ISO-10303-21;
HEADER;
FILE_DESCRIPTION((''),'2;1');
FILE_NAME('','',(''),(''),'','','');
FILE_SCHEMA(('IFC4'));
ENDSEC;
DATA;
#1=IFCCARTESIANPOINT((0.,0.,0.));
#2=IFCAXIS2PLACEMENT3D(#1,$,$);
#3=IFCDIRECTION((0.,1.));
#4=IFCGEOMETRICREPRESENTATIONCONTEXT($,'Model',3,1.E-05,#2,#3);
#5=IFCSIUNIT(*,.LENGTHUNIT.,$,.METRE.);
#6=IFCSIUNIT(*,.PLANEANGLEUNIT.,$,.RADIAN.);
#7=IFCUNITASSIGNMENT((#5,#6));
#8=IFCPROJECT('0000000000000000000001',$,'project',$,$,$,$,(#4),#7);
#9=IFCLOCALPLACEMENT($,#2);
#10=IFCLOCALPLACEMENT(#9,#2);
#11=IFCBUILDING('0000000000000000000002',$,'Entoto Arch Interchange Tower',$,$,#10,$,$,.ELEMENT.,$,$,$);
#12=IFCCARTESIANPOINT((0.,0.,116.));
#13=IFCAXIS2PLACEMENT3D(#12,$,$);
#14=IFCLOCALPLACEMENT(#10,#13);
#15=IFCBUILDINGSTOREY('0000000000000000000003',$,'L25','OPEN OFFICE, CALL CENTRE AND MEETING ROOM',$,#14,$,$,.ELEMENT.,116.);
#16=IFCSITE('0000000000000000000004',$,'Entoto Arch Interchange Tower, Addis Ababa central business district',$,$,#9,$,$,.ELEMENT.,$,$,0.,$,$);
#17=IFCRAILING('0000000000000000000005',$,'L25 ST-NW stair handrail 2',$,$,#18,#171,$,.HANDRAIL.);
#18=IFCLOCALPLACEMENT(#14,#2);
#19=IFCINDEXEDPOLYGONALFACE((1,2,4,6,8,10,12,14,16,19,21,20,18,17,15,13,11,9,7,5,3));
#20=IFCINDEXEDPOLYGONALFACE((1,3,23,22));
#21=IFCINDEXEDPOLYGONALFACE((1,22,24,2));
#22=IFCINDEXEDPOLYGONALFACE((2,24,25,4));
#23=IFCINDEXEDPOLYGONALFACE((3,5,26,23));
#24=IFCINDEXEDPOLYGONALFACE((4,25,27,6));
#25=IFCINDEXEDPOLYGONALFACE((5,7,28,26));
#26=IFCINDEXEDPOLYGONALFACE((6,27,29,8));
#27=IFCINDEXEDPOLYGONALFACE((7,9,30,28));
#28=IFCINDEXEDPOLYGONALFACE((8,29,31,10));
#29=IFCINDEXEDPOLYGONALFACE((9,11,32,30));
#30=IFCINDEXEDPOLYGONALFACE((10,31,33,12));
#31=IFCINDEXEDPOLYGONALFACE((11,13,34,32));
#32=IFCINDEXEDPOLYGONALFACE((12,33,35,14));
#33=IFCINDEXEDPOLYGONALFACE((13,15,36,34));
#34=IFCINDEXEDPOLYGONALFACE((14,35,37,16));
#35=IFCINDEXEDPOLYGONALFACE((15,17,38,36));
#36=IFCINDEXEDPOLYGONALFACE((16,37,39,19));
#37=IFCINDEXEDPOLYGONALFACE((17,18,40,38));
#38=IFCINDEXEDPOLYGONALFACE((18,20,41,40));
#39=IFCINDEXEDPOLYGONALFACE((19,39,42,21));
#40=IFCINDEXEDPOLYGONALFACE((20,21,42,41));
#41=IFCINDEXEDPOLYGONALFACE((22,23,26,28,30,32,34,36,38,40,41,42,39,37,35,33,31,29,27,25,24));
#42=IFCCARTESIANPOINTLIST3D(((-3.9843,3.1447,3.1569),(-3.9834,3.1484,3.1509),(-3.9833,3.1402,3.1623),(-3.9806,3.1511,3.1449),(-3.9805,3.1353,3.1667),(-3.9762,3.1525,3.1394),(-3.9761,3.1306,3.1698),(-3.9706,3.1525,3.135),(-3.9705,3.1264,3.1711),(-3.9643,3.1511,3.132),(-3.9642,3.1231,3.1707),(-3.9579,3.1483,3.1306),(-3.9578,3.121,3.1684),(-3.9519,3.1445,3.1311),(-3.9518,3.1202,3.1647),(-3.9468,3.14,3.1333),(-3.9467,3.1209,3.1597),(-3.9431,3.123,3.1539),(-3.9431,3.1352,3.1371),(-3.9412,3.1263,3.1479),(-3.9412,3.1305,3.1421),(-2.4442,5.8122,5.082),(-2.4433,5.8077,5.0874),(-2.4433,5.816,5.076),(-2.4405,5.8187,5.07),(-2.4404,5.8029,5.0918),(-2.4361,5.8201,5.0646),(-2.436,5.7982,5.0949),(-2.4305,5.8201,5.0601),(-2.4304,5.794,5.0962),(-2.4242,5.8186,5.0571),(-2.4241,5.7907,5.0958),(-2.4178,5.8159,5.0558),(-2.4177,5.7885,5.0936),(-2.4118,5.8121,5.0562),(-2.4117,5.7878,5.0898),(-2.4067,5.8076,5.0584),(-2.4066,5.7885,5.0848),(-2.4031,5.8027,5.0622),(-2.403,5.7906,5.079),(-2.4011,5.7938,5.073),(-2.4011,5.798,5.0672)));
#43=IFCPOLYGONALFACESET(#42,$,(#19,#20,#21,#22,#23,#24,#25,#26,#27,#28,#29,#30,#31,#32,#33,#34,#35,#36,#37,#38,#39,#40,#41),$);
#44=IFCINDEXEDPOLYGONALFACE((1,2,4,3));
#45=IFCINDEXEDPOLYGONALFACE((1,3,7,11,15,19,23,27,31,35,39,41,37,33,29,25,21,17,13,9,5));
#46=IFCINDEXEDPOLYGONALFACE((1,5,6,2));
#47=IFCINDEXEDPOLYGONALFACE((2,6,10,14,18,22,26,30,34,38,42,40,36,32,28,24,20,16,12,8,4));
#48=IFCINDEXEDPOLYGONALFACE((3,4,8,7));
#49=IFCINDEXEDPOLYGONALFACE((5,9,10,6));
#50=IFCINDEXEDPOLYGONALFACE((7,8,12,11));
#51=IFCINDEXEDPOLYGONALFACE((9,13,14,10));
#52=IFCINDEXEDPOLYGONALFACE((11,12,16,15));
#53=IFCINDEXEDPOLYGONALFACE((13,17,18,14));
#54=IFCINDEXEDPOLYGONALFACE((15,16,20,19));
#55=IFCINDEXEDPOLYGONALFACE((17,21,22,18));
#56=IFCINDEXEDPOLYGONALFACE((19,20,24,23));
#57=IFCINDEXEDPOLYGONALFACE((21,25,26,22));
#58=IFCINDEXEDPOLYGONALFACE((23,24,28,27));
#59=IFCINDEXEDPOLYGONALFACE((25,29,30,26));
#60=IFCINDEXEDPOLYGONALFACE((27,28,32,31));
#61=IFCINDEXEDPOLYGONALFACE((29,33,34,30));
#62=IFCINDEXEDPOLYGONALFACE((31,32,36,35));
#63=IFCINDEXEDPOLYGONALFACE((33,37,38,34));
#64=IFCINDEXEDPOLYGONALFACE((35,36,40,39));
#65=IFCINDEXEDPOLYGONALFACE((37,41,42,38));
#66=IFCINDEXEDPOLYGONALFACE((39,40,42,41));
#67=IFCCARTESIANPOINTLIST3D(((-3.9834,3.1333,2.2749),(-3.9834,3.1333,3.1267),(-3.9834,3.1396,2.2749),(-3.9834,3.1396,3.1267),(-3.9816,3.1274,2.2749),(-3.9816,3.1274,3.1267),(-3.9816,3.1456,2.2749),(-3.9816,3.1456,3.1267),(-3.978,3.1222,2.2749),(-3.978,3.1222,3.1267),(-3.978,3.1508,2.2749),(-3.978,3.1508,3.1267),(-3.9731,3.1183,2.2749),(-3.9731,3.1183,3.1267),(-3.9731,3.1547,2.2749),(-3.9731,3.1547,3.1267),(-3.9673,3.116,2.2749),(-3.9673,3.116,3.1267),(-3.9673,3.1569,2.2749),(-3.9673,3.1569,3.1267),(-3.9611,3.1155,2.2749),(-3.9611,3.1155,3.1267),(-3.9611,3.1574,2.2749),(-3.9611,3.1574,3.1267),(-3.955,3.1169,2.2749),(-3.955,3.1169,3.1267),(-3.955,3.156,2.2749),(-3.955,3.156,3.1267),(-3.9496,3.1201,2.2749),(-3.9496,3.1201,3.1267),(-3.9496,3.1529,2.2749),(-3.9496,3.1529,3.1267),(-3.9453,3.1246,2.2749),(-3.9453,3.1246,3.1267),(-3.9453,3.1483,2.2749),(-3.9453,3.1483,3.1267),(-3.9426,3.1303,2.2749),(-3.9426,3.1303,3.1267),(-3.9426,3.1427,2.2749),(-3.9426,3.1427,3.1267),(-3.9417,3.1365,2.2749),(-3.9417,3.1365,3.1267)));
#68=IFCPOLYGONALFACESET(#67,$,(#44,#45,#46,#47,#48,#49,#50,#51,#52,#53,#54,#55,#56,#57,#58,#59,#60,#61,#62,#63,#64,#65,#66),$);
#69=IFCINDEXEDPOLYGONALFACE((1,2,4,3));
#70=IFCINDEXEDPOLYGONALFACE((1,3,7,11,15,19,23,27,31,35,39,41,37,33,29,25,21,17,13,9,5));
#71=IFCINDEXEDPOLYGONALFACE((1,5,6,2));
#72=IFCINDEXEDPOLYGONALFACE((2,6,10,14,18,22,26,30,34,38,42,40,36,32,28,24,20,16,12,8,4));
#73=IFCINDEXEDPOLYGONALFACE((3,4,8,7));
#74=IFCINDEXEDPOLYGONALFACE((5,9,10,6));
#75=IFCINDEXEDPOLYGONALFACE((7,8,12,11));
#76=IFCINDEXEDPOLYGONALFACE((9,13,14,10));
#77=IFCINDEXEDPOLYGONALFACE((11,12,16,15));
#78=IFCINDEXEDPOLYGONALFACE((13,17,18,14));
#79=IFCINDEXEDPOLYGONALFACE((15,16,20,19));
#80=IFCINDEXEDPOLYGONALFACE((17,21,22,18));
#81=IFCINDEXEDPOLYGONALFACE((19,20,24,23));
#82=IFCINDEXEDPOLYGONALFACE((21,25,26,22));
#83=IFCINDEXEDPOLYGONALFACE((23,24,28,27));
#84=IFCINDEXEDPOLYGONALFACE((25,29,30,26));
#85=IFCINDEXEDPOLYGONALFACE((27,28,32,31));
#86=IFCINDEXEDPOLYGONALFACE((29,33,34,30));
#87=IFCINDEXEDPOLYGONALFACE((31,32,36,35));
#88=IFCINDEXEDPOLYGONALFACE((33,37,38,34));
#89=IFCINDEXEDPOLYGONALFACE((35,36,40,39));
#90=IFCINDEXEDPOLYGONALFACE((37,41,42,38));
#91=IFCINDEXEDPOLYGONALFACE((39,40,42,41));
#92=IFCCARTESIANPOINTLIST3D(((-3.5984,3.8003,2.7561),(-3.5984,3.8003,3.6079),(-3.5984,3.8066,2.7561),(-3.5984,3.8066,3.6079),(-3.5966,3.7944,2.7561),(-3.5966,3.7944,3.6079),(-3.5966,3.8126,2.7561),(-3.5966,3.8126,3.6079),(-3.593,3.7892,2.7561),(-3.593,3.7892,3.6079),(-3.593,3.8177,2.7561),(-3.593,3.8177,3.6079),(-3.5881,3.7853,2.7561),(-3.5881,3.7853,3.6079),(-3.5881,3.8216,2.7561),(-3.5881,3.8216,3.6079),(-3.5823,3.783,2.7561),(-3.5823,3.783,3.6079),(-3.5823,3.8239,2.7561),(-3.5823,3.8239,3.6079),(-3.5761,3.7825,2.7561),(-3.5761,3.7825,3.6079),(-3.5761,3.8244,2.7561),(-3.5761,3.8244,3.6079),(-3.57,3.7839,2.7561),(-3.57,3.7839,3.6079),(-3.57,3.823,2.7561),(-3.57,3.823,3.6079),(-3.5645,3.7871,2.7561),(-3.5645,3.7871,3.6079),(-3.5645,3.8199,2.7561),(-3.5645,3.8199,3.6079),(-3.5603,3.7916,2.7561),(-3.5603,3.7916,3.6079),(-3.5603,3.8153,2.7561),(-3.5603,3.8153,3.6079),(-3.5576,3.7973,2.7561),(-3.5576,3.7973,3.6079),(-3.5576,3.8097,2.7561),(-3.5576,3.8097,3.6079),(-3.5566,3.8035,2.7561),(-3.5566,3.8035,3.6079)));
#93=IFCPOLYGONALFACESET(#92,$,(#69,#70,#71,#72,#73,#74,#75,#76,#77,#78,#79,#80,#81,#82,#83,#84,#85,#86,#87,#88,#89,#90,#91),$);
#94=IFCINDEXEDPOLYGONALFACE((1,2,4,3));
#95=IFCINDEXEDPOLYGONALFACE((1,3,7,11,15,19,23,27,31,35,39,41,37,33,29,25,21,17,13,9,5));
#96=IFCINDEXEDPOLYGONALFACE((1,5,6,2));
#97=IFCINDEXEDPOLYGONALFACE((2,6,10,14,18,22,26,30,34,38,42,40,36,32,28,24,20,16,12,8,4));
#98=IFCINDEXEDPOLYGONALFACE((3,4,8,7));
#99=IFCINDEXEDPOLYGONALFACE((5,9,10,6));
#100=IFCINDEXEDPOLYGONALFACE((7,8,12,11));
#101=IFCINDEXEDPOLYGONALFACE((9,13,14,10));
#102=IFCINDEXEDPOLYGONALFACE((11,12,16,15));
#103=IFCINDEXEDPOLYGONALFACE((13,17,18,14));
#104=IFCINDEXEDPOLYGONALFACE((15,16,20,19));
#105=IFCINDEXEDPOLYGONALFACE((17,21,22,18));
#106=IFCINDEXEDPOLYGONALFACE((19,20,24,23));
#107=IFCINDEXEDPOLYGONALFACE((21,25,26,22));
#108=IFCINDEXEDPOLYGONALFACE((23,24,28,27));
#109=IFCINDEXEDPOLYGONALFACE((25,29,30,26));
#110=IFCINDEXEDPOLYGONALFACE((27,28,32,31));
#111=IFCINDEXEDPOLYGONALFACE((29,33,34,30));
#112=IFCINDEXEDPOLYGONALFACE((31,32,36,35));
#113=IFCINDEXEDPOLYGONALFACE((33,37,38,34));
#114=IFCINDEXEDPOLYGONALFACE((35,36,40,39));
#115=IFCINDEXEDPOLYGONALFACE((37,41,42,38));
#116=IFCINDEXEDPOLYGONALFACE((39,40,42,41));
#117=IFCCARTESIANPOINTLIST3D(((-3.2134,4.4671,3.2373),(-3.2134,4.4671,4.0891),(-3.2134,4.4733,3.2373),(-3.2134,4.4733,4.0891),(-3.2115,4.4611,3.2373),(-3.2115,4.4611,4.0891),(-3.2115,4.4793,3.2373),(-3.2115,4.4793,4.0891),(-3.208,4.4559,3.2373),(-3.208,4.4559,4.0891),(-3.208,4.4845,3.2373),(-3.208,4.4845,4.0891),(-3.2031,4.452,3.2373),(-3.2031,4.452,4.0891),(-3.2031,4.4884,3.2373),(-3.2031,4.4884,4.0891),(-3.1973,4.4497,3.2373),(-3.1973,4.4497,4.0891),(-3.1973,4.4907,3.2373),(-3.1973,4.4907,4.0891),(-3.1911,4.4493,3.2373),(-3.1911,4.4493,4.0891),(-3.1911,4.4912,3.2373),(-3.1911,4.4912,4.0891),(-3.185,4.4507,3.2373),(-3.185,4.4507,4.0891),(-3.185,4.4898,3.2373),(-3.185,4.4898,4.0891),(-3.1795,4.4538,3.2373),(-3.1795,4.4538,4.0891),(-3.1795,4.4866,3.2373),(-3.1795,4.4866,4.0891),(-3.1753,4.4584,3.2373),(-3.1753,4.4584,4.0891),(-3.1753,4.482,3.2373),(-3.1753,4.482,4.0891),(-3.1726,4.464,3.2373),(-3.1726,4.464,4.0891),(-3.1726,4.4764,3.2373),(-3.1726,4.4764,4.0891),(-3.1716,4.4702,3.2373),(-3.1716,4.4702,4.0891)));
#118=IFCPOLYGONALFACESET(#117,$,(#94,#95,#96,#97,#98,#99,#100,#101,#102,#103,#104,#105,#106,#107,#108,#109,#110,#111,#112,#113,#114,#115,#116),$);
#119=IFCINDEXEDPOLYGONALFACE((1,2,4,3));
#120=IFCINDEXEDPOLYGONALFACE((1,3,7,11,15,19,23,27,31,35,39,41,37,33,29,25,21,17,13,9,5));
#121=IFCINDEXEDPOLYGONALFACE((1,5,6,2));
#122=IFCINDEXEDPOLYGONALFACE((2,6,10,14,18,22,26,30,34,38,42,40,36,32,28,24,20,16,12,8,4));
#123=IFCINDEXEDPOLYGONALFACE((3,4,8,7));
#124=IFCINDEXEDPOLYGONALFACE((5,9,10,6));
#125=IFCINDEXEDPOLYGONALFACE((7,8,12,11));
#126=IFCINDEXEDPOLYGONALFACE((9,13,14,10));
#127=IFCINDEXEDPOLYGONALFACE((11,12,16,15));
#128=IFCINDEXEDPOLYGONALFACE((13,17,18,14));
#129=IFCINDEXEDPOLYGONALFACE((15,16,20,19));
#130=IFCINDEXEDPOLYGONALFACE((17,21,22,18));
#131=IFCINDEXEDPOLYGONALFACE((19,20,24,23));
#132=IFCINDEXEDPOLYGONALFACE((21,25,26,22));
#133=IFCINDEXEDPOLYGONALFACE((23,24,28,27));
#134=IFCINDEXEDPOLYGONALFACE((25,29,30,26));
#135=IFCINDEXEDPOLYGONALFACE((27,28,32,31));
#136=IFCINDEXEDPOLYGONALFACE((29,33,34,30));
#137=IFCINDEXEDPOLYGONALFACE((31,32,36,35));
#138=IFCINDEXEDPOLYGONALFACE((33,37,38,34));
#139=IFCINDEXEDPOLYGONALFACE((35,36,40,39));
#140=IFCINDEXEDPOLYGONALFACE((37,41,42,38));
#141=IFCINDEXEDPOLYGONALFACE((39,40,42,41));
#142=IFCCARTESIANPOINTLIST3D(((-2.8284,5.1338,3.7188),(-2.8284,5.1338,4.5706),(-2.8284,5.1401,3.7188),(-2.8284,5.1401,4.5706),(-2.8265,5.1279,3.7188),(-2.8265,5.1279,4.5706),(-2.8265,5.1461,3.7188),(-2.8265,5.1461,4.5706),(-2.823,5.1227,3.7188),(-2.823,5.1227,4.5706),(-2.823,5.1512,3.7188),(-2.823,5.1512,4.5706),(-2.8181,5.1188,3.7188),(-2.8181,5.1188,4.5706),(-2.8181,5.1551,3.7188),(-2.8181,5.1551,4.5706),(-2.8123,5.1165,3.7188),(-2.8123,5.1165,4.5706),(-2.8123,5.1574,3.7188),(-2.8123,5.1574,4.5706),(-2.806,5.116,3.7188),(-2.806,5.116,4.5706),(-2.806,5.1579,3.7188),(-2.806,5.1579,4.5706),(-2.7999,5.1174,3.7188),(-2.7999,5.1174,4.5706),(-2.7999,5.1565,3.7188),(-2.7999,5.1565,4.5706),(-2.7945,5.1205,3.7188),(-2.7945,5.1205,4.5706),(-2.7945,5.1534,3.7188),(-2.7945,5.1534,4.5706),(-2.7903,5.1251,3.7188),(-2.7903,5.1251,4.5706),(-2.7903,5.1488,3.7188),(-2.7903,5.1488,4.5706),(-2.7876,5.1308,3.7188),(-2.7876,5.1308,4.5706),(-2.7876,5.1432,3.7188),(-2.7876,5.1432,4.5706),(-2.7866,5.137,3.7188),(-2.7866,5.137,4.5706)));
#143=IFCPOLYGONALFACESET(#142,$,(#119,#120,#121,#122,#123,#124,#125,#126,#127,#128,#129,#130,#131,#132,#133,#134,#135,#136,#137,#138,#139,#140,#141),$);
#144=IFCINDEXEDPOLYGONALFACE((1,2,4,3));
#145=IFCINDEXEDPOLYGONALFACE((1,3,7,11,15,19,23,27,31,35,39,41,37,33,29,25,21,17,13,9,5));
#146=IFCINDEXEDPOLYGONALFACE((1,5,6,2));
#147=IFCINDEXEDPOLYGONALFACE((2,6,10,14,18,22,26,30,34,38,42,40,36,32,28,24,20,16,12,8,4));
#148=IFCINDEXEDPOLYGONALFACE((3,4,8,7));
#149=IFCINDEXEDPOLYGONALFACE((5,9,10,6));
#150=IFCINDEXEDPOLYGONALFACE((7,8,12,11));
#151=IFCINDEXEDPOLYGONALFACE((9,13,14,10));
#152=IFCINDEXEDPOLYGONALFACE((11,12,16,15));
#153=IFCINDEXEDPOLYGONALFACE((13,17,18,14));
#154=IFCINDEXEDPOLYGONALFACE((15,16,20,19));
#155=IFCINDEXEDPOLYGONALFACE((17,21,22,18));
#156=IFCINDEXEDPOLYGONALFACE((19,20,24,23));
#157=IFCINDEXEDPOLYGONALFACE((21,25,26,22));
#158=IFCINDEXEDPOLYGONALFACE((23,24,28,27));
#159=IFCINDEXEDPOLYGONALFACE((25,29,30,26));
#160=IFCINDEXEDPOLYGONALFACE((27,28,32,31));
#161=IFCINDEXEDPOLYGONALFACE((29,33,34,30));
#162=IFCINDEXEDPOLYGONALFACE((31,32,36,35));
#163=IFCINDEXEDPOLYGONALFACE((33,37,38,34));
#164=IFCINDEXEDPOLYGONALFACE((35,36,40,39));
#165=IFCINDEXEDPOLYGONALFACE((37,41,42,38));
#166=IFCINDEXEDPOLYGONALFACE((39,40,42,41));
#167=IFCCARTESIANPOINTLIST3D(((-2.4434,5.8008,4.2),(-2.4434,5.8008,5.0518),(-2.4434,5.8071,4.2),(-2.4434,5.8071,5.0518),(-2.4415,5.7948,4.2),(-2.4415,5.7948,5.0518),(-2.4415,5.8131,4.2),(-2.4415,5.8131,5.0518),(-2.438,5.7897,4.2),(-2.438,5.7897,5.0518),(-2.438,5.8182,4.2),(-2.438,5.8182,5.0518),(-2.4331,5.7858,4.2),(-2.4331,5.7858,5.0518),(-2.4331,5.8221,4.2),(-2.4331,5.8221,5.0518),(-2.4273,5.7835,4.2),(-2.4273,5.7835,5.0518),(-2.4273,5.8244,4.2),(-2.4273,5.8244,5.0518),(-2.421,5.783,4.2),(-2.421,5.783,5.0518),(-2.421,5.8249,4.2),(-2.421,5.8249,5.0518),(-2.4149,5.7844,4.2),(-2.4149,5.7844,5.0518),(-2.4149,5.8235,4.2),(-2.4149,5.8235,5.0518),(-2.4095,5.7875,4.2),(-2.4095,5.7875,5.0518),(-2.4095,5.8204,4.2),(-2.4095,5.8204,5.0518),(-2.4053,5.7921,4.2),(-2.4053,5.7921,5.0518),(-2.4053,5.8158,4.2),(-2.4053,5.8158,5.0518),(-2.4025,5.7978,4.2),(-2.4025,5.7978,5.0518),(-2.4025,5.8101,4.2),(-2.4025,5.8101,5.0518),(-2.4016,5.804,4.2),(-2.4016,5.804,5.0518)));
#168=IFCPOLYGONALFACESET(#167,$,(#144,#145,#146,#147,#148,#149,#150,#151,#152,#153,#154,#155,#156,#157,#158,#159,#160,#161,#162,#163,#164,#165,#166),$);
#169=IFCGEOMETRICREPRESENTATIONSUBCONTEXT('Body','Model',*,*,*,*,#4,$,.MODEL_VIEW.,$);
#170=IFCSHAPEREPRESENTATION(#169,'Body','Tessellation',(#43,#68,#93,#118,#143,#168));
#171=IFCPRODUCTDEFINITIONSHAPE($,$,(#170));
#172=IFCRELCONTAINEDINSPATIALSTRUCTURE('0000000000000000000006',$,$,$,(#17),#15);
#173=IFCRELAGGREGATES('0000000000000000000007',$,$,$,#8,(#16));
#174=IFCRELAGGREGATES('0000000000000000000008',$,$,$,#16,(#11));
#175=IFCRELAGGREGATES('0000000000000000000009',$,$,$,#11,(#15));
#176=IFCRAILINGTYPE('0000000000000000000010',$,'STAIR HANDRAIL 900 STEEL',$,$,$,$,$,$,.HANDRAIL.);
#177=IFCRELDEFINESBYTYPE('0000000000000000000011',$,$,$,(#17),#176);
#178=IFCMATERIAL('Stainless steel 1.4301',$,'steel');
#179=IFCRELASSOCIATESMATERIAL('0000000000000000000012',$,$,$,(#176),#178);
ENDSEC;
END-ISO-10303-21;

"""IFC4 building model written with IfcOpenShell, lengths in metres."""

from ifc_helpers import new_model, si_unit, direction, frame, origin, origin_2d, place, context, subcontext, project, spatial, circle, extrude, material, type_object, element, save


model = new_model("IFC4")

# Units and contexts
model_context = context("Model", 3, precision=1e-05, world=origin(), true_north=direction((0.0, 1.0)))
body_context = subcontext(model_context, "Body", "Model", "MODEL_VIEW")
ifc_project = project(units=[si_unit("LENGTHUNIT", "METRE"), si_unit("PLANEANGLEUNIT", "RADIAN")], contexts=[model_context])

# Site, building, storey
site_placement = place(None, origin())
site = spatial("IfcSite", under=ifc_project, at=site_placement, Name="Entoto Arch Interchange Tower, Addis Ababa central business district", CompositionType="ELEMENT", RefElevation=0.0)
building_placement = place(site_placement, origin())
building = spatial("IfcBuilding", under=site, at=building_placement, Name="Entoto Arch Interchange Tower", CompositionType="ELEMENT")
storey_placement = place(building_placement, frame((0.0, 0.0, 116.0)))
storey = spatial("IfcBuildingStorey", under=building, at=storey_placement, Name="L25", Description="OPEN OFFICE, CALL CENTRE AND MEETING ROOM", CompositionType="ELEMENT", Elevation=116.0)

# Railing
ifc_material_1 = material(Name="Stainless steel 1.4301", Category="steel")
railing_type_1 = type_object("IfcRailingType", Name="STAIR HANDRAIL 900 STEEL", PredefinedType="HANDRAIL", material=ifc_material_1)
railing_1_placement = place(storey_placement, frame((-3.9626, 3.1365, 2.2749)))
element("IfcRailing", 1, at=railing_1_placement, inside=storey, type_object=railing_type_1, Name="L25 ST-NW stair handrail 2", PredefinedType="HANDRAIL", context=body_context, shape_type="SweptSolid", body=[
    extrude(circle(Radius=0.0239, at=origin_2d()), frame((0.0, 0.0, 0.876), z_axis=(0.423994, 0.734395, 0.529993), x_axis=(-0.86603, 0.499992, 0.0)), (0.0, 0.0, 1.0), 3.6323),
    extrude(circle(Radius=0.021, at=origin_2d()), origin(), (0.0, 0.0, 1.0), 0.8518),
    extrude(circle(Radius=0.021, at=origin_2d()), frame((0.385, 0.667, 0.4812)), (0.0, 0.0, 1.0), 0.8518),
    extrude(circle(Radius=0.021, at=origin_2d()), frame((0.77, 1.3337, 0.9624)), (0.0, 0.0, 1.0), 0.8518),
    extrude(circle(Radius=0.021, at=origin_2d()), frame((1.155, 2.0005, 1.4438)), (0.0, 0.0, 1.0), 0.8518),
    extrude(circle(Radius=0.021, at=origin_2d()), frame((1.54, 2.6675, 1.925)), (0.0, 0.0, 1.0), 0.8518),
])

save(model, "model.ifc")
